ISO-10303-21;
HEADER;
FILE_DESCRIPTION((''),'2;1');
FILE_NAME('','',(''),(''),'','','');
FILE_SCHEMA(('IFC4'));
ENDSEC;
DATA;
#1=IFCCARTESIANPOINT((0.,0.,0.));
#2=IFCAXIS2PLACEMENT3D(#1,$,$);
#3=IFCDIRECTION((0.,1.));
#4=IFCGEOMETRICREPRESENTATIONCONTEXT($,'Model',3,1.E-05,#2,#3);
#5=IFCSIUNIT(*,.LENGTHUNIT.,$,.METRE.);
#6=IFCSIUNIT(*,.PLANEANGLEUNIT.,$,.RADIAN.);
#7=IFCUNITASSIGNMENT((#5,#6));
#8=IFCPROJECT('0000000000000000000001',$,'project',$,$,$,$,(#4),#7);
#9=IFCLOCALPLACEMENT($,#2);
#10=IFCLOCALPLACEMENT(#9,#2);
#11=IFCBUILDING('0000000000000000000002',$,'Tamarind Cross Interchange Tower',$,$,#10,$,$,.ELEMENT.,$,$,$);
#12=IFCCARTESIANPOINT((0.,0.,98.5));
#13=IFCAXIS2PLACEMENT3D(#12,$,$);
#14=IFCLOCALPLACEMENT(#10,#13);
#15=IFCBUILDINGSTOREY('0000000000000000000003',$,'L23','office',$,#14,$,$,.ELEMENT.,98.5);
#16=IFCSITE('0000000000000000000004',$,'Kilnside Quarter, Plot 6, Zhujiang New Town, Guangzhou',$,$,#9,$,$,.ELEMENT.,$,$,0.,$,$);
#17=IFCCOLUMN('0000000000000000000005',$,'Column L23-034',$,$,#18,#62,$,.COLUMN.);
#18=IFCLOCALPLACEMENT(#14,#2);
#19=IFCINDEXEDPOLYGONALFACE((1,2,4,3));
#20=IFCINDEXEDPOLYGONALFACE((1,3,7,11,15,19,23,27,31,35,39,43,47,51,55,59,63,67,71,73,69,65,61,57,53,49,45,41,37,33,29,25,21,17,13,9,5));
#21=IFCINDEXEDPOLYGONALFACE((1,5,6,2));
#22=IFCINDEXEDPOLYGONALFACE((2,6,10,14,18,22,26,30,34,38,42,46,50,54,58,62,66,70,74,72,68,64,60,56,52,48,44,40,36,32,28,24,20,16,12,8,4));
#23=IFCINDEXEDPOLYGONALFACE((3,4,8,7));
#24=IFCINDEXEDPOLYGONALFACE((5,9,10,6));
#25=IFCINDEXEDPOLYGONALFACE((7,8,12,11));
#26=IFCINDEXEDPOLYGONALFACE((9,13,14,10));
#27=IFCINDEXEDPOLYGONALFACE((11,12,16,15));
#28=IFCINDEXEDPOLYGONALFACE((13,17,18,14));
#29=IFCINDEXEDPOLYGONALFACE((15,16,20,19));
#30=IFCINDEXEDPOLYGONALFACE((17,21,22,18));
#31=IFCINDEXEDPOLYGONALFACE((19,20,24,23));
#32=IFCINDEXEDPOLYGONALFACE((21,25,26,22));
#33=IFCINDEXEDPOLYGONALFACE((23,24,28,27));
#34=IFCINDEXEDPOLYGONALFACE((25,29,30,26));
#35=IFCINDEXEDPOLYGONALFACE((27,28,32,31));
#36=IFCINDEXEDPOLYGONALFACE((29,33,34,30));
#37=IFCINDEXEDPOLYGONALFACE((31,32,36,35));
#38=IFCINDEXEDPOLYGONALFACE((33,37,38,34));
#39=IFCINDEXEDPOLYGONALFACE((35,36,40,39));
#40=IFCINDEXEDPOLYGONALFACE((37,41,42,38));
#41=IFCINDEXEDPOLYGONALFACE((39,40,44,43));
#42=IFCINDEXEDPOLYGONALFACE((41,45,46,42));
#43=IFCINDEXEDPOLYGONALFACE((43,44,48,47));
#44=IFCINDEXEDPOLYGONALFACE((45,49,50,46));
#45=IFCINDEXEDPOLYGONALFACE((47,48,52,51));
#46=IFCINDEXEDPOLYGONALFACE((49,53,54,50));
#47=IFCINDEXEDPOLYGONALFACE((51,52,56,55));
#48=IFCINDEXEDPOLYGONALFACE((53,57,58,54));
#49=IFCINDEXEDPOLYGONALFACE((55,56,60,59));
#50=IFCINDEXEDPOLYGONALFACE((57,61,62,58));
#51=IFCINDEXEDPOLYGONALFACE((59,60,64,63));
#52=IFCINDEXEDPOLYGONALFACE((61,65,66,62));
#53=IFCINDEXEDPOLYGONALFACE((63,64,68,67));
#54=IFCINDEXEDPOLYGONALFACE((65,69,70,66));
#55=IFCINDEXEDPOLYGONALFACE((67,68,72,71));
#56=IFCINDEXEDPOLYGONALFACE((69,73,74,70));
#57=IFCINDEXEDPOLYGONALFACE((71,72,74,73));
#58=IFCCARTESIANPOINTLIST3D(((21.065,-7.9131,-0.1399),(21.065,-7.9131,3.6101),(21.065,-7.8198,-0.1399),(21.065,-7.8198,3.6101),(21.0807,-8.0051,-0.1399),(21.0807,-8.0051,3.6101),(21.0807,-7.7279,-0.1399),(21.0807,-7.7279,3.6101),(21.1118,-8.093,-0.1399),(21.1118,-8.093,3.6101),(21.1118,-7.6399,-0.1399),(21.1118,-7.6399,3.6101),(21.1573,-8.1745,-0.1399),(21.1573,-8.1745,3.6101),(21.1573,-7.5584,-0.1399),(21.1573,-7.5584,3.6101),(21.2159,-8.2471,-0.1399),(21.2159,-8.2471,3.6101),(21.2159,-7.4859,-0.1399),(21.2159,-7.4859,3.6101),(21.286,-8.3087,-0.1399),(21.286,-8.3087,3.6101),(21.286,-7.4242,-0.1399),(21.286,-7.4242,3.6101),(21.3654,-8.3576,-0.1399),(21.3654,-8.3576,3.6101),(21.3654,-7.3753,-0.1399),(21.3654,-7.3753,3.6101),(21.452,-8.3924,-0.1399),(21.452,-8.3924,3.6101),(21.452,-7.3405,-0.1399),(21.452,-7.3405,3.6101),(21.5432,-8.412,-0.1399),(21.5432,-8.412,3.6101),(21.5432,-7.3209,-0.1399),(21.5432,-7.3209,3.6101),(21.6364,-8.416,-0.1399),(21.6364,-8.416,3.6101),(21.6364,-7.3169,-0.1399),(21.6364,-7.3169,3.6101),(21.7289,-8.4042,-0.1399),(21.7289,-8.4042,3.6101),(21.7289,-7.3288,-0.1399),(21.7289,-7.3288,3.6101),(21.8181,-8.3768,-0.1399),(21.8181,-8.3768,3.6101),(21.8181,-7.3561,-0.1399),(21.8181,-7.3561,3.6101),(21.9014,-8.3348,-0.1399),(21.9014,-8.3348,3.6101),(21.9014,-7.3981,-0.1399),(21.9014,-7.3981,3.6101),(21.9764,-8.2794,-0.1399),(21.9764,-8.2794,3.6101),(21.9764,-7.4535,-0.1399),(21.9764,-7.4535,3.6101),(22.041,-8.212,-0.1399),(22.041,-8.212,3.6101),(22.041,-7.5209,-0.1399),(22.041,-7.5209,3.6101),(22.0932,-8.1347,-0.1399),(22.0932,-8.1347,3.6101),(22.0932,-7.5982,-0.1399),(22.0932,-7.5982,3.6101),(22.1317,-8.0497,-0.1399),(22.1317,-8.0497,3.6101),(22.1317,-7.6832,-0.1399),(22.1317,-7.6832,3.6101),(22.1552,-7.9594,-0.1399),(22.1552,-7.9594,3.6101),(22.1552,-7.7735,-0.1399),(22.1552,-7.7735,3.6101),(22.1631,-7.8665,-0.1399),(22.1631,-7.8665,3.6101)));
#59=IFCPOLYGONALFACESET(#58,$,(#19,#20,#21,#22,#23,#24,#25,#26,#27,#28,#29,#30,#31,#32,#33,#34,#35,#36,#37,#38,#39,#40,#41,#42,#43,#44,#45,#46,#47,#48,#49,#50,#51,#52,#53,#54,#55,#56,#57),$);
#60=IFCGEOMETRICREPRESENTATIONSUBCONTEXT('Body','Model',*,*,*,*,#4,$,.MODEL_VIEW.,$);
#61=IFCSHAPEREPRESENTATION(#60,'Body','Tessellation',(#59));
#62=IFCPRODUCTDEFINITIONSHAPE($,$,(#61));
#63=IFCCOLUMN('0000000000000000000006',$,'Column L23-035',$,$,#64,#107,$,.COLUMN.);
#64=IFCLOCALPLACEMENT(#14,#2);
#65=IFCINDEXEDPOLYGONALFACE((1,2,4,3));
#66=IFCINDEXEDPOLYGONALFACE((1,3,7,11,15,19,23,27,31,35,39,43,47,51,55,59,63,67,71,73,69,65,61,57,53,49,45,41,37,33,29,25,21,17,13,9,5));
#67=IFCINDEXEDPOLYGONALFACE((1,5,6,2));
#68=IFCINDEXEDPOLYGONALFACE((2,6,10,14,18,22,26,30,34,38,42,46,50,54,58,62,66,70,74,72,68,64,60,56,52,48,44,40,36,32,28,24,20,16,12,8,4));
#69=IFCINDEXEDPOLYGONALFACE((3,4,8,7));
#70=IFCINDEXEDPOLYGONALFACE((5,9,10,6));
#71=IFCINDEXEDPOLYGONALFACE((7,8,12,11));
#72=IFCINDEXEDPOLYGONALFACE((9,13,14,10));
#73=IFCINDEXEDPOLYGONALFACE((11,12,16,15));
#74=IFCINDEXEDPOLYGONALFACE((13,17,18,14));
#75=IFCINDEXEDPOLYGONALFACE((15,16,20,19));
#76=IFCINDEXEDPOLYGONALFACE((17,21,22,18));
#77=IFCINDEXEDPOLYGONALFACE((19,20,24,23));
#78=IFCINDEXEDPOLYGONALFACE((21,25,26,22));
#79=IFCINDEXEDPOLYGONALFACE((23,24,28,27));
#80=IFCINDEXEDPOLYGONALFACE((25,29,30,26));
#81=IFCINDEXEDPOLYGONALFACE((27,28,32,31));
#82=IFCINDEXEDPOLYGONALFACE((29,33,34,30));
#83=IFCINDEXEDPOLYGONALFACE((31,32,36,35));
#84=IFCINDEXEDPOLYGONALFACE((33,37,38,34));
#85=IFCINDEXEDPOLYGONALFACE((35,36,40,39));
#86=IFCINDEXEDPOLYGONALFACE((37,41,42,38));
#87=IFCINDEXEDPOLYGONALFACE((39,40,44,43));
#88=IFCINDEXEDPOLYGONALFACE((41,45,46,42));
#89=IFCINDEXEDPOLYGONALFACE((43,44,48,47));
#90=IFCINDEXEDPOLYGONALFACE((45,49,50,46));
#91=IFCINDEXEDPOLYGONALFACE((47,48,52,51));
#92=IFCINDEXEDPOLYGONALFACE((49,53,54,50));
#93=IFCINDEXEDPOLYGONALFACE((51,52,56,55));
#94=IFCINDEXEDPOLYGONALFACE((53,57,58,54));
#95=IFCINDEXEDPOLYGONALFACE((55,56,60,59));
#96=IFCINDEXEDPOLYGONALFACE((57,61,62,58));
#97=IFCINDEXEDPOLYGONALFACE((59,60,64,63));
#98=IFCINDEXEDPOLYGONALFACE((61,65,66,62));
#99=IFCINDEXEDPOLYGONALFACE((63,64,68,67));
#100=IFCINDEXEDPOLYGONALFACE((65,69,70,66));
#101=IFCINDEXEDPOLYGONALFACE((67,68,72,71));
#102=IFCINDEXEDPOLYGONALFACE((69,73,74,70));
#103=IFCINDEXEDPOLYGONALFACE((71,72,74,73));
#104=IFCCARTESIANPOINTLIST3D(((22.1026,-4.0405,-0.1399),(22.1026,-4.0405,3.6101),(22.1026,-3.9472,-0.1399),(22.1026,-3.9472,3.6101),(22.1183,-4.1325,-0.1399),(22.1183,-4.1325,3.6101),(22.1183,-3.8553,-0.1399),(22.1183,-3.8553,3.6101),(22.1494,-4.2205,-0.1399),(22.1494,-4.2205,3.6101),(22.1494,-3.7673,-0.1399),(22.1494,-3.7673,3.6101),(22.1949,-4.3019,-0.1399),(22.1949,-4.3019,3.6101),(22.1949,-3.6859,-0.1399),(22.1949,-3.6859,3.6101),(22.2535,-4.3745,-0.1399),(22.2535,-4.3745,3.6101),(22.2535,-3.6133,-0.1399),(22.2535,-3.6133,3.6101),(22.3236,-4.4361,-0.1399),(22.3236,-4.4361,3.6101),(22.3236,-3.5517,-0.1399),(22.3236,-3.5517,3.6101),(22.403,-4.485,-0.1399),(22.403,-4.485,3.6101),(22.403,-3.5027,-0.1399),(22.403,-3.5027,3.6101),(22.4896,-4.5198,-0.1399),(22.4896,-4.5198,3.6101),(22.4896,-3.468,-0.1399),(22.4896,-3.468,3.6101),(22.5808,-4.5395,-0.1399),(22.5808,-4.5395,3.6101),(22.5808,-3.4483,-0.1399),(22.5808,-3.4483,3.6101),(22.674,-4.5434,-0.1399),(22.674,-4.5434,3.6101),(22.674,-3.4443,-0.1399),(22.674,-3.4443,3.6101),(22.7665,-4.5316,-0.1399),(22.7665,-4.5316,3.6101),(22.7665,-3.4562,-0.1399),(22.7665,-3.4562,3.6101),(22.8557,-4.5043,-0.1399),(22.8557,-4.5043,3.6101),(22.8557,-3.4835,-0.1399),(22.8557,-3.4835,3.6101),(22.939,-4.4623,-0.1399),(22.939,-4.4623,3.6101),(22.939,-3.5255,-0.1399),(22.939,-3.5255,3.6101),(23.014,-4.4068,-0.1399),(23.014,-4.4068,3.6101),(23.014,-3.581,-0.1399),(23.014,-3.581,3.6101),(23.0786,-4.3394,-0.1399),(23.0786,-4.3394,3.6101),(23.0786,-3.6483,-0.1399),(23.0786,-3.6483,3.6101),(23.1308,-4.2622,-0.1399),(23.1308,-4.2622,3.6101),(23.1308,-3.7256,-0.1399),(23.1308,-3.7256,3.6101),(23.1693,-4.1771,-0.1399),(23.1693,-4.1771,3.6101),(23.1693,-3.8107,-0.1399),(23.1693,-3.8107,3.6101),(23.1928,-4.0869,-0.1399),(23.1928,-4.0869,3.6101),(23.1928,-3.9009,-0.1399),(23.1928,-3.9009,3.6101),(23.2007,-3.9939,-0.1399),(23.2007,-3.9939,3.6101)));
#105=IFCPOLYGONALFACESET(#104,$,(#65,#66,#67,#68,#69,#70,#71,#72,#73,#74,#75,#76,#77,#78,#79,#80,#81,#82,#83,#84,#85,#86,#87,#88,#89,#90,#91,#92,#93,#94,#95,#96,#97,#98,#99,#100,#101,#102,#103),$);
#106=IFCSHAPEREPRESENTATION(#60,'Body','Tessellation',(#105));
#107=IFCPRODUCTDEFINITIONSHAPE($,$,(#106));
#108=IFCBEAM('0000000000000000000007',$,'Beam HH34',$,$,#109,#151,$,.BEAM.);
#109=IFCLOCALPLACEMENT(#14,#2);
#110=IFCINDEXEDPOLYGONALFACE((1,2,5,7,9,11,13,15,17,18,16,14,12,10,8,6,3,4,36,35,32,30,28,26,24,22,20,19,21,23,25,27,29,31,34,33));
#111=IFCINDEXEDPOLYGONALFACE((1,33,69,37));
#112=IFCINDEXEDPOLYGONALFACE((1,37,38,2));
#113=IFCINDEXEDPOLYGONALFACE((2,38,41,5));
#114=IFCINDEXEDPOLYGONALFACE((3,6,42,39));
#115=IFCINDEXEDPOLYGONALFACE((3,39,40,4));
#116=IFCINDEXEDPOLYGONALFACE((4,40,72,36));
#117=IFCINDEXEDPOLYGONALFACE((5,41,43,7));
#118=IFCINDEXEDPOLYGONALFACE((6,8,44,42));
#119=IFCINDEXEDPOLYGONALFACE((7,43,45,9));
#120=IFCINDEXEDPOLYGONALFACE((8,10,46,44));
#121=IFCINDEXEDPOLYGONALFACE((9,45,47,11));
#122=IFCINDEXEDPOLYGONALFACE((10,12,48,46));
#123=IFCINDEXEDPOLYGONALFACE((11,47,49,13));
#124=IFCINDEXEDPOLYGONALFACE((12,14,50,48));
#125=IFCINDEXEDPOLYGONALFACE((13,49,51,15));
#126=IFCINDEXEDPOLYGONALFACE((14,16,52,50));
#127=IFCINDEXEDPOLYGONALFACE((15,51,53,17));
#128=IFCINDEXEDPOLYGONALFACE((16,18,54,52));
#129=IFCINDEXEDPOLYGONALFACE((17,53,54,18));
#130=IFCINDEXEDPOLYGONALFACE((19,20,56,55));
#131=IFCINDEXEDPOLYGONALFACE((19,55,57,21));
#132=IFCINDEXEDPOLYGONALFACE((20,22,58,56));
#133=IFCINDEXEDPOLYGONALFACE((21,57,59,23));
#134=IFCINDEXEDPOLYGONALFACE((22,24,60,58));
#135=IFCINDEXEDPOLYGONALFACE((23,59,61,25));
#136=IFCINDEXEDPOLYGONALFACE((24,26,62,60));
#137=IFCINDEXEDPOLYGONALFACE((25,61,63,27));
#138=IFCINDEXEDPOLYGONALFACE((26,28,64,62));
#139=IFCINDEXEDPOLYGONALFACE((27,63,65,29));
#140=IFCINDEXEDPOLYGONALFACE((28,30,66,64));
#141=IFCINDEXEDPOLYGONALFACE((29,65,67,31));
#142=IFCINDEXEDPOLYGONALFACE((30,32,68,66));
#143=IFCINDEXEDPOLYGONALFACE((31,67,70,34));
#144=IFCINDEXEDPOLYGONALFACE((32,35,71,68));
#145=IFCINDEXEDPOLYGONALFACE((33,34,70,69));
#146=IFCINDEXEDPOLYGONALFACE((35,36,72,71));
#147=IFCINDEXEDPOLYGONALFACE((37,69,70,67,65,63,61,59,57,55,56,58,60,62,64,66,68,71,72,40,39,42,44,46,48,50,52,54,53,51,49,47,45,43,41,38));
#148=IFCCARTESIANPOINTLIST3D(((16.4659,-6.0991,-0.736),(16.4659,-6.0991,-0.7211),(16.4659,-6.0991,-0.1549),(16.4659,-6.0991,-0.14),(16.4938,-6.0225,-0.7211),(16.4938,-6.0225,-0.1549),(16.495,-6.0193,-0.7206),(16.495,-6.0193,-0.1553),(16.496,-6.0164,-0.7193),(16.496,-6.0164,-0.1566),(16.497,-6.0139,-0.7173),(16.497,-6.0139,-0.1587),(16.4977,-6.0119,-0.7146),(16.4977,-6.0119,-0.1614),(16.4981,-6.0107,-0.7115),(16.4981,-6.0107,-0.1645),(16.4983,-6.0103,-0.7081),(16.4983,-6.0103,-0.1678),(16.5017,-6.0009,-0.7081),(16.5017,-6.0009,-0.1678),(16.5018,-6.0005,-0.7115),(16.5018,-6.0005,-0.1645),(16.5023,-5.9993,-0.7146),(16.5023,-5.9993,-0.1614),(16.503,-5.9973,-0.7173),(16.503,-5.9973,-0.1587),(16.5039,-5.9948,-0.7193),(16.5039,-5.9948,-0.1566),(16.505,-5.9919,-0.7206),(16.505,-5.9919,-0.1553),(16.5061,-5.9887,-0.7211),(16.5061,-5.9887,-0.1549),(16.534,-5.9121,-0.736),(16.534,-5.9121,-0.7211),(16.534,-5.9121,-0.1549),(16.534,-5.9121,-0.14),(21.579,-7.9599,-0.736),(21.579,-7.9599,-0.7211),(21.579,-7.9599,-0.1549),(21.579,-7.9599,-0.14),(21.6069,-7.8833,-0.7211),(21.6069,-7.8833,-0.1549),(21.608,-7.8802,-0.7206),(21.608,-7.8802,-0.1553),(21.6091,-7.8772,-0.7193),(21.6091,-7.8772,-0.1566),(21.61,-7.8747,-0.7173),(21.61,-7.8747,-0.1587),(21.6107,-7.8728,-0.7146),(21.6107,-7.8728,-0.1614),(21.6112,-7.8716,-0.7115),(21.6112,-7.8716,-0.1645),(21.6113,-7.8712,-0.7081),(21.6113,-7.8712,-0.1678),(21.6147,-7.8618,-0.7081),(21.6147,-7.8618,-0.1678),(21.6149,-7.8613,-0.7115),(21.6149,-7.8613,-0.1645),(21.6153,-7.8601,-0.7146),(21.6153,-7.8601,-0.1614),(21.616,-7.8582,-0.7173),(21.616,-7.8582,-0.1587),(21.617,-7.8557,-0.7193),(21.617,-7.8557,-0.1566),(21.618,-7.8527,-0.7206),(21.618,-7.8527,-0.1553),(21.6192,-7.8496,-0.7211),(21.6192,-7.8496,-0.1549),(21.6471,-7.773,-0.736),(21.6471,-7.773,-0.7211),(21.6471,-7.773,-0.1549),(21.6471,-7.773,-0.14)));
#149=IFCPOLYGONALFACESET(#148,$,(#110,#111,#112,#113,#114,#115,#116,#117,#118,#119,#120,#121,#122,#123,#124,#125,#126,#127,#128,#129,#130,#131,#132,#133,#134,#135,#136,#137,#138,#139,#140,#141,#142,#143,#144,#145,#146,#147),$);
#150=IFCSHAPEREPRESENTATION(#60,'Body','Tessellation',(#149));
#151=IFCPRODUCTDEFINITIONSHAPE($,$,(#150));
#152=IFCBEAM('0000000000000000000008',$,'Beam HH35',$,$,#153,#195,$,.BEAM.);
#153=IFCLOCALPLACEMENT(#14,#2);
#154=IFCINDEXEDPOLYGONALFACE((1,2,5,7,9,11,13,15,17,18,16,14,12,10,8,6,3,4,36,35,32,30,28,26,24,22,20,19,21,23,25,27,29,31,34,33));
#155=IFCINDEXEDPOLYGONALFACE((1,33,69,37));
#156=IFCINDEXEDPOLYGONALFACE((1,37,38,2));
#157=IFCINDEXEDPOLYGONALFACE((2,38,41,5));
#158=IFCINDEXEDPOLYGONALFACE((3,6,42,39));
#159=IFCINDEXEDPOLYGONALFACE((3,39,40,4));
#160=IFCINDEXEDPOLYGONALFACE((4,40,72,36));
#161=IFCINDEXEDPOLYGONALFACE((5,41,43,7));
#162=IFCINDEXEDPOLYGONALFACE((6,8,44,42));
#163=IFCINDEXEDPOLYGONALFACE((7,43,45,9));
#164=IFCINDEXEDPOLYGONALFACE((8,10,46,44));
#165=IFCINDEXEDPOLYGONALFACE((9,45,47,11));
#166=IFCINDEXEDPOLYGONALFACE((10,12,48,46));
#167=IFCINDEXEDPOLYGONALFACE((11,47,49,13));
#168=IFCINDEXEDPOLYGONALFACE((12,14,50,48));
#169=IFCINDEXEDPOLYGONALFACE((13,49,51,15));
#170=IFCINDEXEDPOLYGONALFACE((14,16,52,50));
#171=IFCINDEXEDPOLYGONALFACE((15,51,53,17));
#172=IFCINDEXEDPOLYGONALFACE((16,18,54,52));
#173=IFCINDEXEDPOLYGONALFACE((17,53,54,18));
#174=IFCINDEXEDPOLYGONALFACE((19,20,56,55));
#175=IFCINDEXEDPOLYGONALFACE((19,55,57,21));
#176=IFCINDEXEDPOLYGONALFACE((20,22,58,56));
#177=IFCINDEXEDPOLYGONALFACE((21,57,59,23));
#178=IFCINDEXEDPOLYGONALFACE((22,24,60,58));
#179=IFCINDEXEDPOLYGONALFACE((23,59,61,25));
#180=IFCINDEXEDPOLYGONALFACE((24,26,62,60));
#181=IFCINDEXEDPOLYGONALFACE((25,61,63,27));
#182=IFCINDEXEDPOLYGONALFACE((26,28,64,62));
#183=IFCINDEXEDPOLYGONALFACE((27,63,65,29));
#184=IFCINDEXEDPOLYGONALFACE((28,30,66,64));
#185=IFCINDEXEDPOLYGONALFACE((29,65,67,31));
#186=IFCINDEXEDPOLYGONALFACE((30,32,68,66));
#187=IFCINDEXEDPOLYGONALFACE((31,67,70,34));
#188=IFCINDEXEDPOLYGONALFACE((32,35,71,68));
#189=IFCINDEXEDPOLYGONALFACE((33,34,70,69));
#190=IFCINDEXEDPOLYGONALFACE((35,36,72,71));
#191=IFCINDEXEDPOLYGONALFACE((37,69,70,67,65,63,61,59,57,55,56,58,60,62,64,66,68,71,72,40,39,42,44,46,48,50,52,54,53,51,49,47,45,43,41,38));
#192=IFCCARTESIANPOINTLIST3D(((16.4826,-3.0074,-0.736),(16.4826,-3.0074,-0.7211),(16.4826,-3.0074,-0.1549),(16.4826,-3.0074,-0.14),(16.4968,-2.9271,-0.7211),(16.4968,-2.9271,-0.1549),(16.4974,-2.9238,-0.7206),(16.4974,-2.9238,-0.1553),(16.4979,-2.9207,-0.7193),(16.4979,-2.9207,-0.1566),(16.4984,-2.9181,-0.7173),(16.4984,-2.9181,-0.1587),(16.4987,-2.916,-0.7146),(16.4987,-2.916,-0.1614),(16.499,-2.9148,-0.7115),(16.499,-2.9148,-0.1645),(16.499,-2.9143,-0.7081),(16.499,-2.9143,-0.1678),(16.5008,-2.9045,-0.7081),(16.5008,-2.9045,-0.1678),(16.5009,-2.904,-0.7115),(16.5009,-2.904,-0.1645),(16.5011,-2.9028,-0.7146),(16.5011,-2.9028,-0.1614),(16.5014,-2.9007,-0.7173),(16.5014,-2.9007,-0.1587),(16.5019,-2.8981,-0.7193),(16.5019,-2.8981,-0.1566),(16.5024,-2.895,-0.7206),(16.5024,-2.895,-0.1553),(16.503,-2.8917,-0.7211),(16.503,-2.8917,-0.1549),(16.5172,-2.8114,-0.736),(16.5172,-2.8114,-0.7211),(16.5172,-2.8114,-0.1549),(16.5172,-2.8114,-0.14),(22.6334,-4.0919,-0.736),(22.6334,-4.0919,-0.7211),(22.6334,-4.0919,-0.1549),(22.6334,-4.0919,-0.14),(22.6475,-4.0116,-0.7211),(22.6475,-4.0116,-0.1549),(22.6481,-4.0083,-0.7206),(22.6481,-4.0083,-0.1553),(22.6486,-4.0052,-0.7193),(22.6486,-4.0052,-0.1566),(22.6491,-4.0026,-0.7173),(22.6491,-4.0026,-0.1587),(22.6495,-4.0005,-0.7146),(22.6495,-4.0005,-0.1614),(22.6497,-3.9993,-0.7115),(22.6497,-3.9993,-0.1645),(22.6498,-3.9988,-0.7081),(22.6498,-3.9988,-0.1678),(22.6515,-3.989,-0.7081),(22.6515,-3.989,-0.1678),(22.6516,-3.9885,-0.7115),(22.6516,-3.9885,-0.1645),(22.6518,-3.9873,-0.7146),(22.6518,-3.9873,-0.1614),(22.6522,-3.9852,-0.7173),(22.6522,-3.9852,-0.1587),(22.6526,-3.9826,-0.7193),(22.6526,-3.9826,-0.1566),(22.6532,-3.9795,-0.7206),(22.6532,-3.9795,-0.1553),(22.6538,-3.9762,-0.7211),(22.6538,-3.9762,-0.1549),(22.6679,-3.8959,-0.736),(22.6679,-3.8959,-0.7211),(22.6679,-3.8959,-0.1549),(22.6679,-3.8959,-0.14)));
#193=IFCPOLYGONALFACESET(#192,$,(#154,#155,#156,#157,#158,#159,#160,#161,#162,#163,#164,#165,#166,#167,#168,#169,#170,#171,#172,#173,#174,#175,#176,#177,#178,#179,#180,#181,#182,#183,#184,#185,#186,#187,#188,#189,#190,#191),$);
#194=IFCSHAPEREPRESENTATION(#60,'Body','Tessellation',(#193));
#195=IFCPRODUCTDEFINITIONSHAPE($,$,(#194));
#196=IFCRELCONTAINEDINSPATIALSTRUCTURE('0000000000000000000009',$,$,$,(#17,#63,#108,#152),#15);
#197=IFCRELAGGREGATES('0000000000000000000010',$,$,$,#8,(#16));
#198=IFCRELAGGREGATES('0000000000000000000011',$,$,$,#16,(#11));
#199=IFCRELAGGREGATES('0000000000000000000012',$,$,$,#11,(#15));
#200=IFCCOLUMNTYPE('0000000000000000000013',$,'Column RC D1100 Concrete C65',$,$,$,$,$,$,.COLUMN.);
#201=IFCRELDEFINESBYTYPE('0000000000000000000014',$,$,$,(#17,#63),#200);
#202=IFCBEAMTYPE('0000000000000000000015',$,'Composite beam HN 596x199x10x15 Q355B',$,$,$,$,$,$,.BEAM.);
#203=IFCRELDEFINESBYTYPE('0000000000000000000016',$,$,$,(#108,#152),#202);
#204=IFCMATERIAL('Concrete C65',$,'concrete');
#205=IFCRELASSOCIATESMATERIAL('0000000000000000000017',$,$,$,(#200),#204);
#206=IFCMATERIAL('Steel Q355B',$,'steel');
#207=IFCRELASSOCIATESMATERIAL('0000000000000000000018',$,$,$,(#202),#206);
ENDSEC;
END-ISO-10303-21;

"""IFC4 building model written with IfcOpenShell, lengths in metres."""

from ifc_helpers import new_model, si_unit, direction, frame, origin, origin_2d, place, context, subcontext, project, spatial, circle, i_section, extrude, material, material_profile, profile_set, type_object, element, save


model = new_model("IFC4")

# Units and contexts
model_context = context("Model", 3, precision=1e-05, world=origin(), true_north=direction((0.0, 1.0)))
body_context = subcontext(model_context, "Body", "Model", "MODEL_VIEW")
ifc_project = project(units=[si_unit("LENGTHUNIT", "METRE"), si_unit("PLANEANGLEUNIT", "RADIAN")], contexts=[model_context])

# Site, building, storey
site_placement = place(None, origin())
site = spatial("IfcSite", under=ifc_project, at=site_placement, Name="Kilnside Quarter, Plot 6, Zhujiang New Town, Guangzhou", CompositionType="ELEMENT", RefElevation=0.0)
building_placement = place(site_placement, origin())
building = spatial("IfcBuilding", under=site, at=building_placement, Name="Tamarind Cross Interchange Tower", CompositionType="ELEMENT")
storey_placement = place(building_placement, frame((0.0, 0.0, 98.5)))
storey = spatial("IfcBuildingStorey", under=building, at=storey_placement, Name="L23", Description="office", CompositionType="ELEMENT", Elevation=98.5)

# Columns
ifc_material_1 = material(Name="Concrete C65", Category="concrete")
ifc_material_profile_1 = material_profile(ifc_material_1, circle(Radius=0.55, at=origin_2d()), Name="RC D1100")
ifc_profile_set_1 = profile_set([ifc_material_profile_1], Name="Concrete C65")
column_type = type_object("IfcColumnType", Name="Column RC D1100 Concrete C65", PredefinedType="COLUMN", material=ifc_profile_set_1)
for number, where, z_axis, x_axis, name in (
    (1, (21.613, -7.8665, -0.1399), (0.0, 0.0, 1.0), (1.0, 0.0, 0.0), "Column L23-034"),
    (2, (22.6506, -3.9939, -0.1399), (0.0, 0.0, 1.0), (1.0, 0.0, 0.0), "Column L23-035"),
):
    element("IfcColumn", number, at=place(storey_placement, frame(where, z_axis=z_axis, x_axis=x_axis)), inside=storey, type_object=column_type, Name=name, PredefinedType="COLUMN", context=body_context, shape_type="SweptSolid", body=[
        extrude(circle(Radius=0.55, at=origin_2d()), origin(), (0.0, 0.0, 1.0), 3.75),
    ])

# Beams
ifc_material_2 = material(Name="Steel Q355B", Category="steel")
ifc_material_profile_2 = material_profile(ifc_material_2, i_section(OverallWidth=0.199, OverallDepth=0.5959, WebThickness=0.01, FlangeThickness=0.0149, FilletRadius=0.0129, at=origin_2d()), Name="HN 596x199x10x15")
ifc_profile_set_2 = profile_set([ifc_material_profile_2], Name="Steel Q355B")
beam_type = type_object("IfcBeamType", Name="Composite beam HN 596x199x10x15 Q355B", PredefinedType="BEAM", material=ifc_profile_set_2)
beam_1_placement = place(storey_placement, frame((21.613, -7.8665, -0.438), z_axis=(-0.939702, 0.341995, 0.0), x_axis=(-0.341995, -0.939702, 0.0)))
element("IfcBeam", 3, at=beam_1_placement, inside=storey, type_object=beam_type, Name="Beam HH34", PredefinedType="BEAM", context=body_context, shape_type="SweptSolid", body=[
    extrude(i_section(OverallWidth=0.199, OverallDepth=0.5959, WebThickness=0.01, FlangeThickness=0.0149, FilletRadius=0.0129, at=origin_2d()), origin(), (0.0, 0.0, 1.0), 5.4412),
])
beam_2_placement = place(storey_placement, frame((22.6506, -3.9939, -0.438), z_axis=(-0.984809, 0.17364, 0.0), x_axis=(-0.17364, -0.984809, 0.0)))
element("IfcBeam", 4, at=beam_2_placement, inside=storey, type_object=beam_type, Name="Beam HH35", PredefinedType="BEAM", context=body_context, shape_type="SweptSolid", body=[
    extrude(i_section(OverallWidth=0.199, OverallDepth=0.5959, WebThickness=0.01, FlangeThickness=0.0149, FilletRadius=0.0129, at=origin_2d()), origin(), (0.0, 0.0, 1.0), 6.2456),
])

save(model, "model.ifc")
